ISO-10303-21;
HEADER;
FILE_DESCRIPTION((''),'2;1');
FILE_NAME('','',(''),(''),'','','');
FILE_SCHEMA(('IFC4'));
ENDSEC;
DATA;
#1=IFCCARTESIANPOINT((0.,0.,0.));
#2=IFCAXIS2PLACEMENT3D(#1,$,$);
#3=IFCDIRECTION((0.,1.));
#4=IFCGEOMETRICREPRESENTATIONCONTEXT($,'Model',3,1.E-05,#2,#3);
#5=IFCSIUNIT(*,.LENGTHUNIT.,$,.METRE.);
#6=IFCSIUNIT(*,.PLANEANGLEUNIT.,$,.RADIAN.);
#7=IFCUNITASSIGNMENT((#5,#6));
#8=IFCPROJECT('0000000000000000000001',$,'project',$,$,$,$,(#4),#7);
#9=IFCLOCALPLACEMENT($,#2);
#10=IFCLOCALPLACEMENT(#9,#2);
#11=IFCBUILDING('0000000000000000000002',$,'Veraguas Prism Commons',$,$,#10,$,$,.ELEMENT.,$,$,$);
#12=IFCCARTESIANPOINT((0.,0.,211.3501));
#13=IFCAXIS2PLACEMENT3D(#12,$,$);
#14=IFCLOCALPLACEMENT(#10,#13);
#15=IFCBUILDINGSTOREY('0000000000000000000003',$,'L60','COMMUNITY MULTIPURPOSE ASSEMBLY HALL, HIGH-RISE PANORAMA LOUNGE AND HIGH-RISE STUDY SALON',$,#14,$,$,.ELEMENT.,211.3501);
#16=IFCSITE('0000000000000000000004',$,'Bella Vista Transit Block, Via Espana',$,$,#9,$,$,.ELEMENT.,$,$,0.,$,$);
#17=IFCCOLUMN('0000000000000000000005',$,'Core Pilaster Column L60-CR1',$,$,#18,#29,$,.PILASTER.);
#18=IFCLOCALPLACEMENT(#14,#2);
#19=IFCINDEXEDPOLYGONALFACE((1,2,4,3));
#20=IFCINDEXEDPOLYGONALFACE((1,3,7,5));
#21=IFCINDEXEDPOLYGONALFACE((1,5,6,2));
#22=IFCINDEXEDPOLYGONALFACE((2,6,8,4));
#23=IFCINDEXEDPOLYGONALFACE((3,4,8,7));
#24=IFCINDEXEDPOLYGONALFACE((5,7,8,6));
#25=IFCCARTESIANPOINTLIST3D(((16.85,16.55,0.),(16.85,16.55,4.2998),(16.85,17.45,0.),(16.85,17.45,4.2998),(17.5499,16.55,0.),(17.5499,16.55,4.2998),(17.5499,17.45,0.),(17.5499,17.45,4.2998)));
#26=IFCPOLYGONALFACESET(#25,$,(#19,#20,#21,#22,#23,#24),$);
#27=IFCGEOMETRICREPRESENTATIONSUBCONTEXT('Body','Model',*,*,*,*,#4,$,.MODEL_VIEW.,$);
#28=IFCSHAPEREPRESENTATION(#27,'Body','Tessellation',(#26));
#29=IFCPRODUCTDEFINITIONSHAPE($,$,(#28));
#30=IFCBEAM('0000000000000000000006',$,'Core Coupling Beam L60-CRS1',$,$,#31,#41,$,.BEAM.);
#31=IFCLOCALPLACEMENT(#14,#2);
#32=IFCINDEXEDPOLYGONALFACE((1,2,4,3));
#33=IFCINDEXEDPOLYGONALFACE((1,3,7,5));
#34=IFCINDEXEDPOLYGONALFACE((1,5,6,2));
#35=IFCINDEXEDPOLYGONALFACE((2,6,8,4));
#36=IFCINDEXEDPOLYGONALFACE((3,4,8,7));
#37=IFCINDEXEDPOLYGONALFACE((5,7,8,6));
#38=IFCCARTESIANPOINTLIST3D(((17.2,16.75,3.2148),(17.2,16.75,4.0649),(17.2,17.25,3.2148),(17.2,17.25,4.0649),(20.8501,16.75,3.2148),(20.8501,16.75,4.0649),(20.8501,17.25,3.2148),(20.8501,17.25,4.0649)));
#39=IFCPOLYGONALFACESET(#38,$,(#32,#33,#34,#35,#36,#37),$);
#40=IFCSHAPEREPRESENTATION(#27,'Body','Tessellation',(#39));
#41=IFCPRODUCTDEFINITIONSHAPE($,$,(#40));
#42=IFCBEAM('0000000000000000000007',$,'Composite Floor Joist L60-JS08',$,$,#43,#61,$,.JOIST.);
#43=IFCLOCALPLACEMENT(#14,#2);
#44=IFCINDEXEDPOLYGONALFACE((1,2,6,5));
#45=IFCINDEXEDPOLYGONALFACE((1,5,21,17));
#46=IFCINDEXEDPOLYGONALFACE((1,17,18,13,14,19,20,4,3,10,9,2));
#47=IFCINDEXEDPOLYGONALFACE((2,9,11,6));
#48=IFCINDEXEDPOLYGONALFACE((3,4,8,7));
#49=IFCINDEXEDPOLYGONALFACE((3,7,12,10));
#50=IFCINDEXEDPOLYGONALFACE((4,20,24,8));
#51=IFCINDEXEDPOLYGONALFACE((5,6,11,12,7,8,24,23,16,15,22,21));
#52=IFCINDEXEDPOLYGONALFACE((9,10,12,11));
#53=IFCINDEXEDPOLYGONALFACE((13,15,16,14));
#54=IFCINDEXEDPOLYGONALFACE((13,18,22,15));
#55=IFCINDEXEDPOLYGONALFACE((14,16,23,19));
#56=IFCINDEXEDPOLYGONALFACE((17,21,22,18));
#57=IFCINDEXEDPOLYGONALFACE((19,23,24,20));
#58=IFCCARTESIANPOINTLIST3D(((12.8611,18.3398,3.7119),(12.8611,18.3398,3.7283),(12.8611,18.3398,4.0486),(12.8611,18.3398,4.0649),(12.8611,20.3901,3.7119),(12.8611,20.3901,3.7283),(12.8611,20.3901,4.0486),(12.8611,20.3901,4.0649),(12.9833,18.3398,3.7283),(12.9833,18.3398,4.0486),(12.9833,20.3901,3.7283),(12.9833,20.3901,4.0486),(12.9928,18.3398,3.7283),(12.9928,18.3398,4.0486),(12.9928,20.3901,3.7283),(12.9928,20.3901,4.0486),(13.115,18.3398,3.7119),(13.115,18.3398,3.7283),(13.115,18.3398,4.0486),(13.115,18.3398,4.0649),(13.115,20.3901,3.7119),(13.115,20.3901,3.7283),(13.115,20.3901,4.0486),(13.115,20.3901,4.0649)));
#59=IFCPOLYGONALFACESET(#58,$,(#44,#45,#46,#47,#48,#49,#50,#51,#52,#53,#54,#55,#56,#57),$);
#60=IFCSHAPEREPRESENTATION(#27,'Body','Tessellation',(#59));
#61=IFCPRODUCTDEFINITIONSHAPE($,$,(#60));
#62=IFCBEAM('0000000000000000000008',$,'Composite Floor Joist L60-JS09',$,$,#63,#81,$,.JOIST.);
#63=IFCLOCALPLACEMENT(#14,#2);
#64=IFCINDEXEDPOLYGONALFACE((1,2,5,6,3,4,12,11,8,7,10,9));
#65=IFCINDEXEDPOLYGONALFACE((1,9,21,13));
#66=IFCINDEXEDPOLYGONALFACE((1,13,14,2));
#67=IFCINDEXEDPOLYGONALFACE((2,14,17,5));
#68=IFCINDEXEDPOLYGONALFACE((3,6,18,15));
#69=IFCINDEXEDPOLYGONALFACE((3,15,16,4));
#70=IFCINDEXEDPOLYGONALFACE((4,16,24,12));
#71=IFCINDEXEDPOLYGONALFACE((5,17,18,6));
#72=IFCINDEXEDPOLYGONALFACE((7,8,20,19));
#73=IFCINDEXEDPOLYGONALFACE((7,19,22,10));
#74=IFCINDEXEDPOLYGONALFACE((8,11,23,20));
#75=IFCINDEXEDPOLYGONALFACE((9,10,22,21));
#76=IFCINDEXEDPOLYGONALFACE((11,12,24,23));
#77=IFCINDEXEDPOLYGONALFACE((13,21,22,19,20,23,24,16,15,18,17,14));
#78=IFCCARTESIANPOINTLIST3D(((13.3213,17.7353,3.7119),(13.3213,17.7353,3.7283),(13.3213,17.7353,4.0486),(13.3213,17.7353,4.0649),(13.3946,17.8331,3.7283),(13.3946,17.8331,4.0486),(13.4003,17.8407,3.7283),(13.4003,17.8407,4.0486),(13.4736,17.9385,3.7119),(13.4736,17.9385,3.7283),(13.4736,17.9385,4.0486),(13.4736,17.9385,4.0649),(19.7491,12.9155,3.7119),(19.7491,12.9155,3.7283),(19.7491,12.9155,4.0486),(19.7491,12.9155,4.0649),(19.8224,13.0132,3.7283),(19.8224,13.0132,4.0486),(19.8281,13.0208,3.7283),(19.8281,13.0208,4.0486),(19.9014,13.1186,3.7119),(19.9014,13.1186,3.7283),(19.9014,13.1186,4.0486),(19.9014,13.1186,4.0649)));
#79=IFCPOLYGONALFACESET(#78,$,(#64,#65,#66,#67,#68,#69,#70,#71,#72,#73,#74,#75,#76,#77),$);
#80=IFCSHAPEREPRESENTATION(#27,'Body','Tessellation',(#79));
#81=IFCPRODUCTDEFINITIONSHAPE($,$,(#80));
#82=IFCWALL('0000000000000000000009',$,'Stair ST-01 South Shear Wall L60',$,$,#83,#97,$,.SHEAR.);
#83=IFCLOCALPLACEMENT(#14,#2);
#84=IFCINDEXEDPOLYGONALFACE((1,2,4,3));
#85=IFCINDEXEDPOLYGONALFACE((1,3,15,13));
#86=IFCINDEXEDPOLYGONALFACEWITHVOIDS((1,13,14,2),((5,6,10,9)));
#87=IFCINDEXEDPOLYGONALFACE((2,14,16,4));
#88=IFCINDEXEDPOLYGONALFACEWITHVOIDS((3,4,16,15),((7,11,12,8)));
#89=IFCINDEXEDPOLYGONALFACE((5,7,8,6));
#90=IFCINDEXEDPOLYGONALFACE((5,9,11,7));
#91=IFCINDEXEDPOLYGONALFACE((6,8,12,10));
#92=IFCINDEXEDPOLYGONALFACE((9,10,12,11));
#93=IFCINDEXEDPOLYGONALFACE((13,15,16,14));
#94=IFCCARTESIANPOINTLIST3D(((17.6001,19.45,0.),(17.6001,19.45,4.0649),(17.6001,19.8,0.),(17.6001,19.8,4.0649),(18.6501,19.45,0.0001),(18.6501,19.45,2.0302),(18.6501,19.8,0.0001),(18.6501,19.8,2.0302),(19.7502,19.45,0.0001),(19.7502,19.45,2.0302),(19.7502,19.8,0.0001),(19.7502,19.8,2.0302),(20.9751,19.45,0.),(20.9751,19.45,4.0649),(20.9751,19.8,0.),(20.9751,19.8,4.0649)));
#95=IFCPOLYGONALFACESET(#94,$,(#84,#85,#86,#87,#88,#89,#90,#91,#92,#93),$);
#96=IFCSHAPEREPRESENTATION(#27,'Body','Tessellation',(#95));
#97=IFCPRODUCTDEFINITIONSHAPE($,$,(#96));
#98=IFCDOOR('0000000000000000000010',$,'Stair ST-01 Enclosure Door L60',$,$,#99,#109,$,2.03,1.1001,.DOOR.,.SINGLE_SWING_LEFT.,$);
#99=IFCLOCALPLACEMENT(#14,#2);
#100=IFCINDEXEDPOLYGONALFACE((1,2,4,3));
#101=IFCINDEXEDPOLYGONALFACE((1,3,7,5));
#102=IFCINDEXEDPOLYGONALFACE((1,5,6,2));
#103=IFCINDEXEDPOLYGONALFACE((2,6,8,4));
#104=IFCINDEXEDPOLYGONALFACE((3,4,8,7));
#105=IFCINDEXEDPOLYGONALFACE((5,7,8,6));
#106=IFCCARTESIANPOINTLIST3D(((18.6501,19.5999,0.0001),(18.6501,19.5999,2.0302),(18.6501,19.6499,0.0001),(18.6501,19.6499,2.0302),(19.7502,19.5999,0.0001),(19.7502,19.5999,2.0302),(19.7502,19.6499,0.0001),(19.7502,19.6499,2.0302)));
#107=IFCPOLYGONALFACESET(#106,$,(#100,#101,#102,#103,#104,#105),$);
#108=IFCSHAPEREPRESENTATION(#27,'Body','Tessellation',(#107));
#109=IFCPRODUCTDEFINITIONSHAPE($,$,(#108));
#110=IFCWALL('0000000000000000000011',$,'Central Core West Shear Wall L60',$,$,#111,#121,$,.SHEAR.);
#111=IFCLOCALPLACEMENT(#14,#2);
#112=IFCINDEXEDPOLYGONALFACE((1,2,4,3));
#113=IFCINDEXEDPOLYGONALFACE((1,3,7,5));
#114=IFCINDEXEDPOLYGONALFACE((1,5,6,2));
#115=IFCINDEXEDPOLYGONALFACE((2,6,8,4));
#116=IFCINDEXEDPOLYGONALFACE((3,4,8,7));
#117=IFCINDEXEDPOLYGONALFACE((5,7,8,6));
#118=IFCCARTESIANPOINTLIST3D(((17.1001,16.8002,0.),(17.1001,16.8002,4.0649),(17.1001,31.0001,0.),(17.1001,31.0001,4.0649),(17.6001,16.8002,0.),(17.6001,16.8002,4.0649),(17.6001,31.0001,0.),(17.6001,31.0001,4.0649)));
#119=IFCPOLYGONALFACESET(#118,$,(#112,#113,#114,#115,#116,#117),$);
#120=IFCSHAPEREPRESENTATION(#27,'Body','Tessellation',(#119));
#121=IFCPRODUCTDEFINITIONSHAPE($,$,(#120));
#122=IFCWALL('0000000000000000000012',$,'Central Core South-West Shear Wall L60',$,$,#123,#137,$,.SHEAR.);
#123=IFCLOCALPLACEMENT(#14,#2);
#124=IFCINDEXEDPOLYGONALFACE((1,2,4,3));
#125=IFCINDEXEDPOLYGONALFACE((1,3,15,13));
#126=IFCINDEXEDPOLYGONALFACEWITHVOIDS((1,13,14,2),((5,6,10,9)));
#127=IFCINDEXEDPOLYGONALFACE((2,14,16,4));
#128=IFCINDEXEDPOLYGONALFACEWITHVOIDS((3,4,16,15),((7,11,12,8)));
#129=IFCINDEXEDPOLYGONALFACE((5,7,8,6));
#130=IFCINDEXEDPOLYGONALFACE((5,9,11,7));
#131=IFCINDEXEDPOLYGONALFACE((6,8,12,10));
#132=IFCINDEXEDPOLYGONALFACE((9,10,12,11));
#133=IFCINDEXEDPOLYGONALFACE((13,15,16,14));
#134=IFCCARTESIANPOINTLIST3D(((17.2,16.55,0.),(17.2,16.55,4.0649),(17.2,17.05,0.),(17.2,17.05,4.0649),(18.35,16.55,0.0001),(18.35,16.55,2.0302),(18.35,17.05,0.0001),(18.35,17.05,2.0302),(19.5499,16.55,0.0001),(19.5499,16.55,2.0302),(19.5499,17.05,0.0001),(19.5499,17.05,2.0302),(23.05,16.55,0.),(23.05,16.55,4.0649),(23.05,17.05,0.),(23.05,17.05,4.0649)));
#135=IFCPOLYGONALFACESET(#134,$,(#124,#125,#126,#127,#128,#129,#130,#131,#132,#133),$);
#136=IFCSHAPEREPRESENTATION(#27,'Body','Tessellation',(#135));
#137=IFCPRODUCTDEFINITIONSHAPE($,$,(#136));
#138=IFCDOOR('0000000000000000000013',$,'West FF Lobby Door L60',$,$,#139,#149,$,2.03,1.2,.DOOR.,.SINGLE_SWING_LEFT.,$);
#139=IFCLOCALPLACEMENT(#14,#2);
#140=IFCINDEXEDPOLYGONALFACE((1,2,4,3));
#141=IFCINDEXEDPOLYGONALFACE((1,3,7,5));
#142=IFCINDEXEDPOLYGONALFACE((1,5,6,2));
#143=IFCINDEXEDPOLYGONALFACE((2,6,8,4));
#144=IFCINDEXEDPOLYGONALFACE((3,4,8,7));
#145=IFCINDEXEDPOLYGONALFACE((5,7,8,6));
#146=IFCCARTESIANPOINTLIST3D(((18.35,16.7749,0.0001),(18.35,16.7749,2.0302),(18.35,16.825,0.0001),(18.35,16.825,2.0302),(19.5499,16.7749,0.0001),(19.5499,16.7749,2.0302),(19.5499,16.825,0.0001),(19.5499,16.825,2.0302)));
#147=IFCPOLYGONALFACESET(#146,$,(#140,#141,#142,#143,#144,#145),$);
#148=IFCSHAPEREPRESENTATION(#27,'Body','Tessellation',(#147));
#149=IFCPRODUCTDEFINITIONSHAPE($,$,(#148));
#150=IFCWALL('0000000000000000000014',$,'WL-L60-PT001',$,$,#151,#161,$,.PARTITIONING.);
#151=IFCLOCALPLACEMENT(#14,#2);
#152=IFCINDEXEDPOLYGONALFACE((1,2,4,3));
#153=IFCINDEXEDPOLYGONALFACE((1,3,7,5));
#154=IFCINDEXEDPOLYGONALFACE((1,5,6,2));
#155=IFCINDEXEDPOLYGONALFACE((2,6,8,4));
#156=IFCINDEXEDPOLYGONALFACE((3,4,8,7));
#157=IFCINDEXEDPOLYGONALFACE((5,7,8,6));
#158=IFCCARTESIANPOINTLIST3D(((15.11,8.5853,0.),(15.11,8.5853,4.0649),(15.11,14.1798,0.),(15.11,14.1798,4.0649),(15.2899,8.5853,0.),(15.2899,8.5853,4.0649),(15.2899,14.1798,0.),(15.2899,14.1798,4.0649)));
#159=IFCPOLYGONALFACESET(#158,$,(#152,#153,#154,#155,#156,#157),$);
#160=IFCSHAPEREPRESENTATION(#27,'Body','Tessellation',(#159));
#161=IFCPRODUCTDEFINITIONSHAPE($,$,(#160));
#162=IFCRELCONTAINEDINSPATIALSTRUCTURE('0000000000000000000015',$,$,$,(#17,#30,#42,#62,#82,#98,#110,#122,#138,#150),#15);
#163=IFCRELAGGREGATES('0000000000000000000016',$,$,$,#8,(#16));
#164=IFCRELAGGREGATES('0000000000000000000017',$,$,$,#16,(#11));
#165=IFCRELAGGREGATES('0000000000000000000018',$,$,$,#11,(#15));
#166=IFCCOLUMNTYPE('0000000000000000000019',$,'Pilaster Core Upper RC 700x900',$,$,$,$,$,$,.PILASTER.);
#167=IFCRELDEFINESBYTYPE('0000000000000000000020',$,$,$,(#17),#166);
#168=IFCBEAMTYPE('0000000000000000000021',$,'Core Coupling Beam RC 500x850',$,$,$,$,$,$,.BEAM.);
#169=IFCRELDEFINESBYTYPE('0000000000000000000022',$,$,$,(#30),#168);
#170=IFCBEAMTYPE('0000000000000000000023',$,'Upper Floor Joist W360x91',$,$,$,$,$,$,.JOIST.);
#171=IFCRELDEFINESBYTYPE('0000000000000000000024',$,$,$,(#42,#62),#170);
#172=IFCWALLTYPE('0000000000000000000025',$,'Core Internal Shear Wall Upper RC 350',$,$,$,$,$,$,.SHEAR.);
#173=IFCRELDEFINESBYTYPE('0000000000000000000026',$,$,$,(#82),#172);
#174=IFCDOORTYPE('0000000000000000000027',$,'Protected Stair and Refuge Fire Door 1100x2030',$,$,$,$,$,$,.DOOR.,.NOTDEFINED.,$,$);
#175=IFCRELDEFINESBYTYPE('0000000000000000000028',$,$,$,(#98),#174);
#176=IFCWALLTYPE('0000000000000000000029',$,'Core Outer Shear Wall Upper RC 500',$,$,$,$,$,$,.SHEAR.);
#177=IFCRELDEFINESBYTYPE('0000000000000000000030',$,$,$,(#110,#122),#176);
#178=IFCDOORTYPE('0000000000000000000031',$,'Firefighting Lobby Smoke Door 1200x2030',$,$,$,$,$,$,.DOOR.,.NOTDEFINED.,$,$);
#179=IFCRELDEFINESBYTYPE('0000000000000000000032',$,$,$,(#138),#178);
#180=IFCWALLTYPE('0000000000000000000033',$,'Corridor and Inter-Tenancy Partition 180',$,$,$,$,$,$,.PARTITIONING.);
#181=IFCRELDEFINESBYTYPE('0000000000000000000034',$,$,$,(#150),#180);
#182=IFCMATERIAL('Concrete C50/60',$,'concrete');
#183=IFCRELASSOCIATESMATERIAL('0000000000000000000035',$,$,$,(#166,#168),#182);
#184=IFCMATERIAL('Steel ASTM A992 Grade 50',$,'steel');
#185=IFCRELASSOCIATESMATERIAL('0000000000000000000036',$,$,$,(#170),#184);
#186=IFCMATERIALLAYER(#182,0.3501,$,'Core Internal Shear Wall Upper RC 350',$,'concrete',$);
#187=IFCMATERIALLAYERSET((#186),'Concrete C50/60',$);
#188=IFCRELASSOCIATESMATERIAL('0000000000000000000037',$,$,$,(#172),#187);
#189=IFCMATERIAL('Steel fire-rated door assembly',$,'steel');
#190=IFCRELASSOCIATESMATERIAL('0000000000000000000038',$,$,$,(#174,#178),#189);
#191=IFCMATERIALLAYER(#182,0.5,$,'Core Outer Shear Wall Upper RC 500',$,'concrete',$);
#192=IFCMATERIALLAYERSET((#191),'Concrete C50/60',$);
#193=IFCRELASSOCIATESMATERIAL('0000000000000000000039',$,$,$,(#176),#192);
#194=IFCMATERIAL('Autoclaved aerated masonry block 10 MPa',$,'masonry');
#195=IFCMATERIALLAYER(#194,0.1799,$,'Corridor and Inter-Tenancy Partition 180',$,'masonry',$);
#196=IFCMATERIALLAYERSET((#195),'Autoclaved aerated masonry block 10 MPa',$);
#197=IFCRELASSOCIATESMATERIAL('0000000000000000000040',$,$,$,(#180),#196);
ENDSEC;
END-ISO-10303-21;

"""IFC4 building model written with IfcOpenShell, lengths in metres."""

from ifc_helpers import new_model, si_unit, direction, frame, frame_2d, origin, origin_2d, place, context, subcontext, project, spatial, rectangle, i_section, extrude, source, transform, mapped, material, layer, layer_set, material_profile, profile_set, type_object, element, fill, save


model = new_model("IFC4")

# Units and contexts
model_context = context("Model", 3, precision=1e-05, world=origin(), true_north=direction((0.0, 1.0)))
body_context = subcontext(model_context, "Body", "Model", "MODEL_VIEW")
ifc_project = project(units=[si_unit("LENGTHUNIT", "METRE"), si_unit("PLANEANGLEUNIT", "RADIAN")], contexts=[model_context])

# Site, building, storey
site_placement = place(None, origin())
site = spatial("IfcSite", under=ifc_project, at=site_placement, Name="Bella Vista Transit Block, Via Espana", CompositionType="ELEMENT", RefElevation=0.0)
building_placement = place(site_placement, origin())
building = spatial("IfcBuilding", under=site, at=building_placement, Name="Veraguas Prism Commons", CompositionType="ELEMENT")
storey_placement = place(building_placement, frame((0.0, 0.0, 211.3501)))
storey = spatial("IfcBuildingStorey", under=building, at=storey_placement, Name="L60", Description="COMMUNITY MULTIPURPOSE ASSEMBLY HALL, HIGH-RISE PANORAMA LOUNGE AND HIGH-RISE STUDY SALON", CompositionType="ELEMENT", Elevation=211.3501)

# Column
ifc_material_1 = material(Name="Concrete C50/60", Category="concrete")
ifc_material_profile_1 = material_profile(ifc_material_1, rectangle(XDim=0.7, YDim=0.8999, at=origin_2d()), Name="RC700X900")
ifc_profile_set_1 = profile_set([ifc_material_profile_1], Name="Concrete C50/60")
column_type = type_object("IfcColumnType", Name="Pilaster Core Upper RC 700x900", PredefinedType="PILASTER", material=ifc_profile_set_1)
column_placement = place(storey_placement, frame((17.2, 17.0, 0.0), z_axis=(0.0, 0.0, 1.0), x_axis=(1.0, 0.0, 0.0)))
element("IfcColumn", 1, at=column_placement, inside=storey, type_object=column_type, Name="Core Pilaster Column L60-CR1", PredefinedType="PILASTER", context=body_context, shape_type="SweptSolid", body=[
    extrude(rectangle(XDim=0.7, YDim=0.8999, at=origin_2d()), origin(), (0.0, 0.0, 1.0), 4.2998),
])

# Beams
ifc_material_profile_2 = material_profile(ifc_material_1, rectangle(XDim=0.5, YDim=0.8501, at=origin_2d()), Name="RC500X850")
ifc_profile_set_2 = profile_set([ifc_material_profile_2], Name="Concrete C50/60")
beam_type_1 = type_object("IfcBeamType", Name="Core Coupling Beam RC 500x850", PredefinedType="BEAM", material=ifc_profile_set_2)
beam_1_placement = place(storey_placement, frame((17.2, 17.0, 3.6399), z_axis=(1.0, 0.0, 0.0), x_axis=(0.0, 1.0, 0.0)))
element("IfcBeam", 2, at=beam_1_placement, inside=storey, type_object=beam_type_1, Name="Core Coupling Beam L60-CRS1", PredefinedType="BEAM", context=body_context, shape_type="SweptSolid", body=[
    extrude(rectangle(XDim=0.5, YDim=0.8501, at=origin_2d()), origin(), (0.0, 0.0, 1.0), 3.6501),
])
ifc_material_2 = material(Name="Steel ASTM A992 Grade 50", Category="steel")
ifc_material_profile_3 = material_profile(ifc_material_2, i_section(OverallWidth=0.2539, OverallDepth=0.353, WebThickness=0.0095, FlangeThickness=0.0164, at=origin_2d()), Name="W360X91")
ifc_profile_set_3 = profile_set([ifc_material_profile_3], Name="Steel ASTM A992 Grade 50")
beam_type_2 = type_object("IfcBeamType", Name="Upper Floor Joist W360x91", PredefinedType="JOIST", material=ifc_profile_set_3)
beam_2_placement = place(storey_placement, frame((12.988, 20.3901, 3.8884), z_axis=(0.0, -1.0, 0.0), x_axis=(1.0, 0.0, 0.0)))
element("IfcBeam", 3, at=beam_2_placement, inside=storey, type_object=beam_type_2, Name="Composite Floor Joist L60-JS08", PredefinedType="JOIST", context=body_context, shape_type="SweptSolid", body=[
    extrude(i_section(OverallWidth=0.2539, OverallDepth=0.353, WebThickness=0.0095, FlangeThickness=0.0164, at=origin_2d()), origin(), (0.0, 0.0, 1.0), 2.0503),
])
beam_3_placement = place(storey_placement, frame((13.3975, 17.8369, 3.8884), z_axis=(0.800058, -0.599922, 0.0), x_axis=(0.599922, 0.800058, 0.0)))
element("IfcBeam", 4, at=beam_3_placement, inside=storey, type_object=beam_type_2, Name="Composite Floor Joist L60-JS09", PredefinedType="JOIST", context=body_context, shape_type="SweptSolid", body=[
    extrude(i_section(OverallWidth=0.2539, OverallDepth=0.353, WebThickness=0.0095, FlangeThickness=0.0164, at=origin_2d()), origin(), (0.0, 0.0, 1.0), 8.0342),
])

# Wall, opening, door
ifc_layer_1 = layer(ifc_material_1, 0.3501, Name="Core Internal Shear Wall Upper RC 350", Category="concrete")
ifc_layer_set_1 = layer_set([ifc_layer_1], Name="Concrete C50/60")
wall_type_1 = type_object("IfcWallType", Name="Core Internal Shear Wall Upper RC 350", PredefinedType="SHEAR", material=ifc_layer_set_1)
wall_1_placement = place(storey_placement, frame((17.6001, 19.625, 0.0), z_axis=(0.0, 0.0, 1.0), x_axis=(1.0, 0.0, 0.0)))
wall_1 = element("IfcWall", 5, at=wall_1_placement, inside=storey, type_object=wall_type_1, Name="Stair ST-01 South Shear Wall L60", PredefinedType="SHEAR", context=body_context, shape_type="SweptSolid", body=[
    extrude(rectangle(XDim=3.375, YDim=0.3501, at=frame_2d((1.6875, 0.0))), origin(), (0.0, 0.0, 1.0), 4.0649),
])
opening_1_placement = place(wall_1_placement, frame((1.05, 0.0, 0.0)))
opening_1 = element("IfcOpeningElement", 6, at=opening_1_placement, cuts=wall_1, PredefinedType="OPENING", context=body_context, shape_type="SweptSolid", body=[
    extrude(rectangle(XDim=1.1001, YDim=2.03, at=frame_2d((0.55, 1.0151))), frame((0.0, 0.1851, 0.0), z_axis=(0.0, -1.0, 0.0), x_axis=(1.0, 0.0, 0.0)), (0.0, 0.0, 1.0), 0.3701),
])
ifc_material_3 = material(Name="Steel fire-rated door assembly", Category="steel")
door_type_1 = type_object("IfcDoorType", Name="Protected Stair and Refuge Fire Door 1100x2030", OperationType="NOTDEFINED", PredefinedType="DOOR", material=ifc_material_3)
shared_shape_1 = source(origin(), body_context, "Body", "SweptSolid", [
    extrude(rectangle(XDim=1.1001, YDim=2.03, at=frame_2d((0.55, 1.0151))), frame((0.0, 0.0249, 0.0), z_axis=(0.0, -1.0, 0.0), x_axis=(1.0, 0.0, 0.0)), (0.0, 0.0, 1.0), 0.05),
])
door_1_placement = place(opening_1_placement, origin())
door_1 = element("IfcDoor", 7, at=door_1_placement, inside=storey, type_object=door_type_1, Name="Stair ST-01 Enclosure Door L60", OperationType="SINGLE_SWING_LEFT", OverallHeight=2.03, OverallWidth=1.1001, PredefinedType="DOOR", context=body_context, shape_type="MappedRepresentation", body=[
    mapped(shared_shape_1, transform((0.0, 0.0, 0.0), scale=1.0)),
])
fill(opening_1, door_1)

# Wall
ifc_layer_2 = layer(ifc_material_1, 0.5, Name="Core Outer Shear Wall Upper RC 500", Category="concrete")
ifc_layer_set_2 = layer_set([ifc_layer_2], Name="Concrete C50/60")
wall_type_2 = type_object("IfcWallType", Name="Core Outer Shear Wall Upper RC 500", PredefinedType="SHEAR", material=ifc_layer_set_2)
wall_2_placement = place(storey_placement, frame((17.3501, 16.8, 0.0), z_axis=(0.0, 0.0, 1.0), x_axis=(0.0, 1.0, 0.0)))
element("IfcWall", 8, at=wall_2_placement, inside=storey, type_object=wall_type_2, Name="Central Core West Shear Wall L60", PredefinedType="SHEAR", context=body_context, shape_type="SweptSolid", body=[
    extrude(rectangle(XDim=14.2, YDim=0.5, at=frame_2d((7.1001, 0.0))), origin(), (0.0, 0.0, 1.0), 4.0649),
])

# Wall, opening, door
wall_3_placement = place(storey_placement, frame((17.2, 16.8, 0.0), z_axis=(0.0, 0.0, 1.0), x_axis=(1.0, 0.0, 0.0)))
wall_3 = element("IfcWall", 9, at=wall_3_placement, inside=storey, type_object=wall_type_2, Name="Central Core South-West Shear Wall L60", PredefinedType="SHEAR", context=body_context, shape_type="SweptSolid", body=[
    extrude(rectangle(XDim=5.8501, YDim=0.5, at=frame_2d((2.925, 0.0))), origin(), (0.0, 0.0, 1.0), 4.0649),
])
opening_2_placement = place(wall_3_placement, frame((1.1499, 0.0, 0.0)))
opening_2 = element("IfcOpeningElement", 10, at=opening_2_placement, cuts=wall_3, PredefinedType="OPENING", context=body_context, shape_type="SweptSolid", body=[
    extrude(rectangle(XDim=1.2, YDim=2.03, at=frame_2d((0.6001, 1.0151))), frame((0.0, 0.26, 0.0), z_axis=(0.0, -1.0, 0.0), x_axis=(1.0, 0.0, 0.0)), (0.0, 0.0, 1.0), 0.52),
])
door_type_2 = type_object("IfcDoorType", Name="Firefighting Lobby Smoke Door 1200x2030", OperationType="NOTDEFINED", PredefinedType="DOOR", material=ifc_material_3)
shared_shape_2 = source(origin(), body_context, "Body", "SweptSolid", [
    extrude(rectangle(XDim=1.2, YDim=2.03, at=frame_2d((0.6001, 1.0151))), frame((0.0, 0.0249, 0.0), z_axis=(0.0, -1.0, 0.0), x_axis=(1.0, 0.0, 0.0)), (0.0, 0.0, 1.0), 0.05),
])
door_2_placement = place(opening_2_placement, origin())
door_2 = element("IfcDoor", 11, at=door_2_placement, inside=storey, type_object=door_type_2, Name="West FF Lobby Door L60", OperationType="SINGLE_SWING_LEFT", OverallHeight=2.03, OverallWidth=1.2, PredefinedType="DOOR", context=body_context, shape_type="MappedRepresentation", body=[
    mapped(shared_shape_2, transform((0.0, 0.0, 0.0), scale=1.0)),
])
fill(opening_2, door_2)

# Wall
ifc_material_4 = material(Name="Autoclaved aerated masonry block 10 MPa", Category="masonry")
ifc_layer_3 = layer(ifc_material_4, 0.1799, Name="Corridor and Inter-Tenancy Partition 180", Category="masonry")
ifc_layer_set_3 = layer_set([ifc_layer_3], Name="Autoclaved aerated masonry block 10 MPa")
wall_type_3 = type_object("IfcWallType", Name="Corridor and Inter-Tenancy Partition 180", PredefinedType="PARTITIONING", material=ifc_layer_set_3)
wall_4_placement = place(storey_placement, frame((15.2, 14.1799, 0.0), z_axis=(0.0, 0.0, 1.0), x_axis=(0.0, -1.0, 0.0)))
element("IfcWall", 12, at=wall_4_placement, inside=storey, type_object=wall_type_3, Name="WL-L60-PT001", PredefinedType="PARTITIONING", context=body_context, shape_type="SweptSolid", body=[
    extrude(rectangle(XDim=5.5945, YDim=0.1799, at=frame_2d((2.7974, 0.0))), origin(), (0.0, 0.0, 1.0), 4.0649),
])

save(model, "model.ifc")
